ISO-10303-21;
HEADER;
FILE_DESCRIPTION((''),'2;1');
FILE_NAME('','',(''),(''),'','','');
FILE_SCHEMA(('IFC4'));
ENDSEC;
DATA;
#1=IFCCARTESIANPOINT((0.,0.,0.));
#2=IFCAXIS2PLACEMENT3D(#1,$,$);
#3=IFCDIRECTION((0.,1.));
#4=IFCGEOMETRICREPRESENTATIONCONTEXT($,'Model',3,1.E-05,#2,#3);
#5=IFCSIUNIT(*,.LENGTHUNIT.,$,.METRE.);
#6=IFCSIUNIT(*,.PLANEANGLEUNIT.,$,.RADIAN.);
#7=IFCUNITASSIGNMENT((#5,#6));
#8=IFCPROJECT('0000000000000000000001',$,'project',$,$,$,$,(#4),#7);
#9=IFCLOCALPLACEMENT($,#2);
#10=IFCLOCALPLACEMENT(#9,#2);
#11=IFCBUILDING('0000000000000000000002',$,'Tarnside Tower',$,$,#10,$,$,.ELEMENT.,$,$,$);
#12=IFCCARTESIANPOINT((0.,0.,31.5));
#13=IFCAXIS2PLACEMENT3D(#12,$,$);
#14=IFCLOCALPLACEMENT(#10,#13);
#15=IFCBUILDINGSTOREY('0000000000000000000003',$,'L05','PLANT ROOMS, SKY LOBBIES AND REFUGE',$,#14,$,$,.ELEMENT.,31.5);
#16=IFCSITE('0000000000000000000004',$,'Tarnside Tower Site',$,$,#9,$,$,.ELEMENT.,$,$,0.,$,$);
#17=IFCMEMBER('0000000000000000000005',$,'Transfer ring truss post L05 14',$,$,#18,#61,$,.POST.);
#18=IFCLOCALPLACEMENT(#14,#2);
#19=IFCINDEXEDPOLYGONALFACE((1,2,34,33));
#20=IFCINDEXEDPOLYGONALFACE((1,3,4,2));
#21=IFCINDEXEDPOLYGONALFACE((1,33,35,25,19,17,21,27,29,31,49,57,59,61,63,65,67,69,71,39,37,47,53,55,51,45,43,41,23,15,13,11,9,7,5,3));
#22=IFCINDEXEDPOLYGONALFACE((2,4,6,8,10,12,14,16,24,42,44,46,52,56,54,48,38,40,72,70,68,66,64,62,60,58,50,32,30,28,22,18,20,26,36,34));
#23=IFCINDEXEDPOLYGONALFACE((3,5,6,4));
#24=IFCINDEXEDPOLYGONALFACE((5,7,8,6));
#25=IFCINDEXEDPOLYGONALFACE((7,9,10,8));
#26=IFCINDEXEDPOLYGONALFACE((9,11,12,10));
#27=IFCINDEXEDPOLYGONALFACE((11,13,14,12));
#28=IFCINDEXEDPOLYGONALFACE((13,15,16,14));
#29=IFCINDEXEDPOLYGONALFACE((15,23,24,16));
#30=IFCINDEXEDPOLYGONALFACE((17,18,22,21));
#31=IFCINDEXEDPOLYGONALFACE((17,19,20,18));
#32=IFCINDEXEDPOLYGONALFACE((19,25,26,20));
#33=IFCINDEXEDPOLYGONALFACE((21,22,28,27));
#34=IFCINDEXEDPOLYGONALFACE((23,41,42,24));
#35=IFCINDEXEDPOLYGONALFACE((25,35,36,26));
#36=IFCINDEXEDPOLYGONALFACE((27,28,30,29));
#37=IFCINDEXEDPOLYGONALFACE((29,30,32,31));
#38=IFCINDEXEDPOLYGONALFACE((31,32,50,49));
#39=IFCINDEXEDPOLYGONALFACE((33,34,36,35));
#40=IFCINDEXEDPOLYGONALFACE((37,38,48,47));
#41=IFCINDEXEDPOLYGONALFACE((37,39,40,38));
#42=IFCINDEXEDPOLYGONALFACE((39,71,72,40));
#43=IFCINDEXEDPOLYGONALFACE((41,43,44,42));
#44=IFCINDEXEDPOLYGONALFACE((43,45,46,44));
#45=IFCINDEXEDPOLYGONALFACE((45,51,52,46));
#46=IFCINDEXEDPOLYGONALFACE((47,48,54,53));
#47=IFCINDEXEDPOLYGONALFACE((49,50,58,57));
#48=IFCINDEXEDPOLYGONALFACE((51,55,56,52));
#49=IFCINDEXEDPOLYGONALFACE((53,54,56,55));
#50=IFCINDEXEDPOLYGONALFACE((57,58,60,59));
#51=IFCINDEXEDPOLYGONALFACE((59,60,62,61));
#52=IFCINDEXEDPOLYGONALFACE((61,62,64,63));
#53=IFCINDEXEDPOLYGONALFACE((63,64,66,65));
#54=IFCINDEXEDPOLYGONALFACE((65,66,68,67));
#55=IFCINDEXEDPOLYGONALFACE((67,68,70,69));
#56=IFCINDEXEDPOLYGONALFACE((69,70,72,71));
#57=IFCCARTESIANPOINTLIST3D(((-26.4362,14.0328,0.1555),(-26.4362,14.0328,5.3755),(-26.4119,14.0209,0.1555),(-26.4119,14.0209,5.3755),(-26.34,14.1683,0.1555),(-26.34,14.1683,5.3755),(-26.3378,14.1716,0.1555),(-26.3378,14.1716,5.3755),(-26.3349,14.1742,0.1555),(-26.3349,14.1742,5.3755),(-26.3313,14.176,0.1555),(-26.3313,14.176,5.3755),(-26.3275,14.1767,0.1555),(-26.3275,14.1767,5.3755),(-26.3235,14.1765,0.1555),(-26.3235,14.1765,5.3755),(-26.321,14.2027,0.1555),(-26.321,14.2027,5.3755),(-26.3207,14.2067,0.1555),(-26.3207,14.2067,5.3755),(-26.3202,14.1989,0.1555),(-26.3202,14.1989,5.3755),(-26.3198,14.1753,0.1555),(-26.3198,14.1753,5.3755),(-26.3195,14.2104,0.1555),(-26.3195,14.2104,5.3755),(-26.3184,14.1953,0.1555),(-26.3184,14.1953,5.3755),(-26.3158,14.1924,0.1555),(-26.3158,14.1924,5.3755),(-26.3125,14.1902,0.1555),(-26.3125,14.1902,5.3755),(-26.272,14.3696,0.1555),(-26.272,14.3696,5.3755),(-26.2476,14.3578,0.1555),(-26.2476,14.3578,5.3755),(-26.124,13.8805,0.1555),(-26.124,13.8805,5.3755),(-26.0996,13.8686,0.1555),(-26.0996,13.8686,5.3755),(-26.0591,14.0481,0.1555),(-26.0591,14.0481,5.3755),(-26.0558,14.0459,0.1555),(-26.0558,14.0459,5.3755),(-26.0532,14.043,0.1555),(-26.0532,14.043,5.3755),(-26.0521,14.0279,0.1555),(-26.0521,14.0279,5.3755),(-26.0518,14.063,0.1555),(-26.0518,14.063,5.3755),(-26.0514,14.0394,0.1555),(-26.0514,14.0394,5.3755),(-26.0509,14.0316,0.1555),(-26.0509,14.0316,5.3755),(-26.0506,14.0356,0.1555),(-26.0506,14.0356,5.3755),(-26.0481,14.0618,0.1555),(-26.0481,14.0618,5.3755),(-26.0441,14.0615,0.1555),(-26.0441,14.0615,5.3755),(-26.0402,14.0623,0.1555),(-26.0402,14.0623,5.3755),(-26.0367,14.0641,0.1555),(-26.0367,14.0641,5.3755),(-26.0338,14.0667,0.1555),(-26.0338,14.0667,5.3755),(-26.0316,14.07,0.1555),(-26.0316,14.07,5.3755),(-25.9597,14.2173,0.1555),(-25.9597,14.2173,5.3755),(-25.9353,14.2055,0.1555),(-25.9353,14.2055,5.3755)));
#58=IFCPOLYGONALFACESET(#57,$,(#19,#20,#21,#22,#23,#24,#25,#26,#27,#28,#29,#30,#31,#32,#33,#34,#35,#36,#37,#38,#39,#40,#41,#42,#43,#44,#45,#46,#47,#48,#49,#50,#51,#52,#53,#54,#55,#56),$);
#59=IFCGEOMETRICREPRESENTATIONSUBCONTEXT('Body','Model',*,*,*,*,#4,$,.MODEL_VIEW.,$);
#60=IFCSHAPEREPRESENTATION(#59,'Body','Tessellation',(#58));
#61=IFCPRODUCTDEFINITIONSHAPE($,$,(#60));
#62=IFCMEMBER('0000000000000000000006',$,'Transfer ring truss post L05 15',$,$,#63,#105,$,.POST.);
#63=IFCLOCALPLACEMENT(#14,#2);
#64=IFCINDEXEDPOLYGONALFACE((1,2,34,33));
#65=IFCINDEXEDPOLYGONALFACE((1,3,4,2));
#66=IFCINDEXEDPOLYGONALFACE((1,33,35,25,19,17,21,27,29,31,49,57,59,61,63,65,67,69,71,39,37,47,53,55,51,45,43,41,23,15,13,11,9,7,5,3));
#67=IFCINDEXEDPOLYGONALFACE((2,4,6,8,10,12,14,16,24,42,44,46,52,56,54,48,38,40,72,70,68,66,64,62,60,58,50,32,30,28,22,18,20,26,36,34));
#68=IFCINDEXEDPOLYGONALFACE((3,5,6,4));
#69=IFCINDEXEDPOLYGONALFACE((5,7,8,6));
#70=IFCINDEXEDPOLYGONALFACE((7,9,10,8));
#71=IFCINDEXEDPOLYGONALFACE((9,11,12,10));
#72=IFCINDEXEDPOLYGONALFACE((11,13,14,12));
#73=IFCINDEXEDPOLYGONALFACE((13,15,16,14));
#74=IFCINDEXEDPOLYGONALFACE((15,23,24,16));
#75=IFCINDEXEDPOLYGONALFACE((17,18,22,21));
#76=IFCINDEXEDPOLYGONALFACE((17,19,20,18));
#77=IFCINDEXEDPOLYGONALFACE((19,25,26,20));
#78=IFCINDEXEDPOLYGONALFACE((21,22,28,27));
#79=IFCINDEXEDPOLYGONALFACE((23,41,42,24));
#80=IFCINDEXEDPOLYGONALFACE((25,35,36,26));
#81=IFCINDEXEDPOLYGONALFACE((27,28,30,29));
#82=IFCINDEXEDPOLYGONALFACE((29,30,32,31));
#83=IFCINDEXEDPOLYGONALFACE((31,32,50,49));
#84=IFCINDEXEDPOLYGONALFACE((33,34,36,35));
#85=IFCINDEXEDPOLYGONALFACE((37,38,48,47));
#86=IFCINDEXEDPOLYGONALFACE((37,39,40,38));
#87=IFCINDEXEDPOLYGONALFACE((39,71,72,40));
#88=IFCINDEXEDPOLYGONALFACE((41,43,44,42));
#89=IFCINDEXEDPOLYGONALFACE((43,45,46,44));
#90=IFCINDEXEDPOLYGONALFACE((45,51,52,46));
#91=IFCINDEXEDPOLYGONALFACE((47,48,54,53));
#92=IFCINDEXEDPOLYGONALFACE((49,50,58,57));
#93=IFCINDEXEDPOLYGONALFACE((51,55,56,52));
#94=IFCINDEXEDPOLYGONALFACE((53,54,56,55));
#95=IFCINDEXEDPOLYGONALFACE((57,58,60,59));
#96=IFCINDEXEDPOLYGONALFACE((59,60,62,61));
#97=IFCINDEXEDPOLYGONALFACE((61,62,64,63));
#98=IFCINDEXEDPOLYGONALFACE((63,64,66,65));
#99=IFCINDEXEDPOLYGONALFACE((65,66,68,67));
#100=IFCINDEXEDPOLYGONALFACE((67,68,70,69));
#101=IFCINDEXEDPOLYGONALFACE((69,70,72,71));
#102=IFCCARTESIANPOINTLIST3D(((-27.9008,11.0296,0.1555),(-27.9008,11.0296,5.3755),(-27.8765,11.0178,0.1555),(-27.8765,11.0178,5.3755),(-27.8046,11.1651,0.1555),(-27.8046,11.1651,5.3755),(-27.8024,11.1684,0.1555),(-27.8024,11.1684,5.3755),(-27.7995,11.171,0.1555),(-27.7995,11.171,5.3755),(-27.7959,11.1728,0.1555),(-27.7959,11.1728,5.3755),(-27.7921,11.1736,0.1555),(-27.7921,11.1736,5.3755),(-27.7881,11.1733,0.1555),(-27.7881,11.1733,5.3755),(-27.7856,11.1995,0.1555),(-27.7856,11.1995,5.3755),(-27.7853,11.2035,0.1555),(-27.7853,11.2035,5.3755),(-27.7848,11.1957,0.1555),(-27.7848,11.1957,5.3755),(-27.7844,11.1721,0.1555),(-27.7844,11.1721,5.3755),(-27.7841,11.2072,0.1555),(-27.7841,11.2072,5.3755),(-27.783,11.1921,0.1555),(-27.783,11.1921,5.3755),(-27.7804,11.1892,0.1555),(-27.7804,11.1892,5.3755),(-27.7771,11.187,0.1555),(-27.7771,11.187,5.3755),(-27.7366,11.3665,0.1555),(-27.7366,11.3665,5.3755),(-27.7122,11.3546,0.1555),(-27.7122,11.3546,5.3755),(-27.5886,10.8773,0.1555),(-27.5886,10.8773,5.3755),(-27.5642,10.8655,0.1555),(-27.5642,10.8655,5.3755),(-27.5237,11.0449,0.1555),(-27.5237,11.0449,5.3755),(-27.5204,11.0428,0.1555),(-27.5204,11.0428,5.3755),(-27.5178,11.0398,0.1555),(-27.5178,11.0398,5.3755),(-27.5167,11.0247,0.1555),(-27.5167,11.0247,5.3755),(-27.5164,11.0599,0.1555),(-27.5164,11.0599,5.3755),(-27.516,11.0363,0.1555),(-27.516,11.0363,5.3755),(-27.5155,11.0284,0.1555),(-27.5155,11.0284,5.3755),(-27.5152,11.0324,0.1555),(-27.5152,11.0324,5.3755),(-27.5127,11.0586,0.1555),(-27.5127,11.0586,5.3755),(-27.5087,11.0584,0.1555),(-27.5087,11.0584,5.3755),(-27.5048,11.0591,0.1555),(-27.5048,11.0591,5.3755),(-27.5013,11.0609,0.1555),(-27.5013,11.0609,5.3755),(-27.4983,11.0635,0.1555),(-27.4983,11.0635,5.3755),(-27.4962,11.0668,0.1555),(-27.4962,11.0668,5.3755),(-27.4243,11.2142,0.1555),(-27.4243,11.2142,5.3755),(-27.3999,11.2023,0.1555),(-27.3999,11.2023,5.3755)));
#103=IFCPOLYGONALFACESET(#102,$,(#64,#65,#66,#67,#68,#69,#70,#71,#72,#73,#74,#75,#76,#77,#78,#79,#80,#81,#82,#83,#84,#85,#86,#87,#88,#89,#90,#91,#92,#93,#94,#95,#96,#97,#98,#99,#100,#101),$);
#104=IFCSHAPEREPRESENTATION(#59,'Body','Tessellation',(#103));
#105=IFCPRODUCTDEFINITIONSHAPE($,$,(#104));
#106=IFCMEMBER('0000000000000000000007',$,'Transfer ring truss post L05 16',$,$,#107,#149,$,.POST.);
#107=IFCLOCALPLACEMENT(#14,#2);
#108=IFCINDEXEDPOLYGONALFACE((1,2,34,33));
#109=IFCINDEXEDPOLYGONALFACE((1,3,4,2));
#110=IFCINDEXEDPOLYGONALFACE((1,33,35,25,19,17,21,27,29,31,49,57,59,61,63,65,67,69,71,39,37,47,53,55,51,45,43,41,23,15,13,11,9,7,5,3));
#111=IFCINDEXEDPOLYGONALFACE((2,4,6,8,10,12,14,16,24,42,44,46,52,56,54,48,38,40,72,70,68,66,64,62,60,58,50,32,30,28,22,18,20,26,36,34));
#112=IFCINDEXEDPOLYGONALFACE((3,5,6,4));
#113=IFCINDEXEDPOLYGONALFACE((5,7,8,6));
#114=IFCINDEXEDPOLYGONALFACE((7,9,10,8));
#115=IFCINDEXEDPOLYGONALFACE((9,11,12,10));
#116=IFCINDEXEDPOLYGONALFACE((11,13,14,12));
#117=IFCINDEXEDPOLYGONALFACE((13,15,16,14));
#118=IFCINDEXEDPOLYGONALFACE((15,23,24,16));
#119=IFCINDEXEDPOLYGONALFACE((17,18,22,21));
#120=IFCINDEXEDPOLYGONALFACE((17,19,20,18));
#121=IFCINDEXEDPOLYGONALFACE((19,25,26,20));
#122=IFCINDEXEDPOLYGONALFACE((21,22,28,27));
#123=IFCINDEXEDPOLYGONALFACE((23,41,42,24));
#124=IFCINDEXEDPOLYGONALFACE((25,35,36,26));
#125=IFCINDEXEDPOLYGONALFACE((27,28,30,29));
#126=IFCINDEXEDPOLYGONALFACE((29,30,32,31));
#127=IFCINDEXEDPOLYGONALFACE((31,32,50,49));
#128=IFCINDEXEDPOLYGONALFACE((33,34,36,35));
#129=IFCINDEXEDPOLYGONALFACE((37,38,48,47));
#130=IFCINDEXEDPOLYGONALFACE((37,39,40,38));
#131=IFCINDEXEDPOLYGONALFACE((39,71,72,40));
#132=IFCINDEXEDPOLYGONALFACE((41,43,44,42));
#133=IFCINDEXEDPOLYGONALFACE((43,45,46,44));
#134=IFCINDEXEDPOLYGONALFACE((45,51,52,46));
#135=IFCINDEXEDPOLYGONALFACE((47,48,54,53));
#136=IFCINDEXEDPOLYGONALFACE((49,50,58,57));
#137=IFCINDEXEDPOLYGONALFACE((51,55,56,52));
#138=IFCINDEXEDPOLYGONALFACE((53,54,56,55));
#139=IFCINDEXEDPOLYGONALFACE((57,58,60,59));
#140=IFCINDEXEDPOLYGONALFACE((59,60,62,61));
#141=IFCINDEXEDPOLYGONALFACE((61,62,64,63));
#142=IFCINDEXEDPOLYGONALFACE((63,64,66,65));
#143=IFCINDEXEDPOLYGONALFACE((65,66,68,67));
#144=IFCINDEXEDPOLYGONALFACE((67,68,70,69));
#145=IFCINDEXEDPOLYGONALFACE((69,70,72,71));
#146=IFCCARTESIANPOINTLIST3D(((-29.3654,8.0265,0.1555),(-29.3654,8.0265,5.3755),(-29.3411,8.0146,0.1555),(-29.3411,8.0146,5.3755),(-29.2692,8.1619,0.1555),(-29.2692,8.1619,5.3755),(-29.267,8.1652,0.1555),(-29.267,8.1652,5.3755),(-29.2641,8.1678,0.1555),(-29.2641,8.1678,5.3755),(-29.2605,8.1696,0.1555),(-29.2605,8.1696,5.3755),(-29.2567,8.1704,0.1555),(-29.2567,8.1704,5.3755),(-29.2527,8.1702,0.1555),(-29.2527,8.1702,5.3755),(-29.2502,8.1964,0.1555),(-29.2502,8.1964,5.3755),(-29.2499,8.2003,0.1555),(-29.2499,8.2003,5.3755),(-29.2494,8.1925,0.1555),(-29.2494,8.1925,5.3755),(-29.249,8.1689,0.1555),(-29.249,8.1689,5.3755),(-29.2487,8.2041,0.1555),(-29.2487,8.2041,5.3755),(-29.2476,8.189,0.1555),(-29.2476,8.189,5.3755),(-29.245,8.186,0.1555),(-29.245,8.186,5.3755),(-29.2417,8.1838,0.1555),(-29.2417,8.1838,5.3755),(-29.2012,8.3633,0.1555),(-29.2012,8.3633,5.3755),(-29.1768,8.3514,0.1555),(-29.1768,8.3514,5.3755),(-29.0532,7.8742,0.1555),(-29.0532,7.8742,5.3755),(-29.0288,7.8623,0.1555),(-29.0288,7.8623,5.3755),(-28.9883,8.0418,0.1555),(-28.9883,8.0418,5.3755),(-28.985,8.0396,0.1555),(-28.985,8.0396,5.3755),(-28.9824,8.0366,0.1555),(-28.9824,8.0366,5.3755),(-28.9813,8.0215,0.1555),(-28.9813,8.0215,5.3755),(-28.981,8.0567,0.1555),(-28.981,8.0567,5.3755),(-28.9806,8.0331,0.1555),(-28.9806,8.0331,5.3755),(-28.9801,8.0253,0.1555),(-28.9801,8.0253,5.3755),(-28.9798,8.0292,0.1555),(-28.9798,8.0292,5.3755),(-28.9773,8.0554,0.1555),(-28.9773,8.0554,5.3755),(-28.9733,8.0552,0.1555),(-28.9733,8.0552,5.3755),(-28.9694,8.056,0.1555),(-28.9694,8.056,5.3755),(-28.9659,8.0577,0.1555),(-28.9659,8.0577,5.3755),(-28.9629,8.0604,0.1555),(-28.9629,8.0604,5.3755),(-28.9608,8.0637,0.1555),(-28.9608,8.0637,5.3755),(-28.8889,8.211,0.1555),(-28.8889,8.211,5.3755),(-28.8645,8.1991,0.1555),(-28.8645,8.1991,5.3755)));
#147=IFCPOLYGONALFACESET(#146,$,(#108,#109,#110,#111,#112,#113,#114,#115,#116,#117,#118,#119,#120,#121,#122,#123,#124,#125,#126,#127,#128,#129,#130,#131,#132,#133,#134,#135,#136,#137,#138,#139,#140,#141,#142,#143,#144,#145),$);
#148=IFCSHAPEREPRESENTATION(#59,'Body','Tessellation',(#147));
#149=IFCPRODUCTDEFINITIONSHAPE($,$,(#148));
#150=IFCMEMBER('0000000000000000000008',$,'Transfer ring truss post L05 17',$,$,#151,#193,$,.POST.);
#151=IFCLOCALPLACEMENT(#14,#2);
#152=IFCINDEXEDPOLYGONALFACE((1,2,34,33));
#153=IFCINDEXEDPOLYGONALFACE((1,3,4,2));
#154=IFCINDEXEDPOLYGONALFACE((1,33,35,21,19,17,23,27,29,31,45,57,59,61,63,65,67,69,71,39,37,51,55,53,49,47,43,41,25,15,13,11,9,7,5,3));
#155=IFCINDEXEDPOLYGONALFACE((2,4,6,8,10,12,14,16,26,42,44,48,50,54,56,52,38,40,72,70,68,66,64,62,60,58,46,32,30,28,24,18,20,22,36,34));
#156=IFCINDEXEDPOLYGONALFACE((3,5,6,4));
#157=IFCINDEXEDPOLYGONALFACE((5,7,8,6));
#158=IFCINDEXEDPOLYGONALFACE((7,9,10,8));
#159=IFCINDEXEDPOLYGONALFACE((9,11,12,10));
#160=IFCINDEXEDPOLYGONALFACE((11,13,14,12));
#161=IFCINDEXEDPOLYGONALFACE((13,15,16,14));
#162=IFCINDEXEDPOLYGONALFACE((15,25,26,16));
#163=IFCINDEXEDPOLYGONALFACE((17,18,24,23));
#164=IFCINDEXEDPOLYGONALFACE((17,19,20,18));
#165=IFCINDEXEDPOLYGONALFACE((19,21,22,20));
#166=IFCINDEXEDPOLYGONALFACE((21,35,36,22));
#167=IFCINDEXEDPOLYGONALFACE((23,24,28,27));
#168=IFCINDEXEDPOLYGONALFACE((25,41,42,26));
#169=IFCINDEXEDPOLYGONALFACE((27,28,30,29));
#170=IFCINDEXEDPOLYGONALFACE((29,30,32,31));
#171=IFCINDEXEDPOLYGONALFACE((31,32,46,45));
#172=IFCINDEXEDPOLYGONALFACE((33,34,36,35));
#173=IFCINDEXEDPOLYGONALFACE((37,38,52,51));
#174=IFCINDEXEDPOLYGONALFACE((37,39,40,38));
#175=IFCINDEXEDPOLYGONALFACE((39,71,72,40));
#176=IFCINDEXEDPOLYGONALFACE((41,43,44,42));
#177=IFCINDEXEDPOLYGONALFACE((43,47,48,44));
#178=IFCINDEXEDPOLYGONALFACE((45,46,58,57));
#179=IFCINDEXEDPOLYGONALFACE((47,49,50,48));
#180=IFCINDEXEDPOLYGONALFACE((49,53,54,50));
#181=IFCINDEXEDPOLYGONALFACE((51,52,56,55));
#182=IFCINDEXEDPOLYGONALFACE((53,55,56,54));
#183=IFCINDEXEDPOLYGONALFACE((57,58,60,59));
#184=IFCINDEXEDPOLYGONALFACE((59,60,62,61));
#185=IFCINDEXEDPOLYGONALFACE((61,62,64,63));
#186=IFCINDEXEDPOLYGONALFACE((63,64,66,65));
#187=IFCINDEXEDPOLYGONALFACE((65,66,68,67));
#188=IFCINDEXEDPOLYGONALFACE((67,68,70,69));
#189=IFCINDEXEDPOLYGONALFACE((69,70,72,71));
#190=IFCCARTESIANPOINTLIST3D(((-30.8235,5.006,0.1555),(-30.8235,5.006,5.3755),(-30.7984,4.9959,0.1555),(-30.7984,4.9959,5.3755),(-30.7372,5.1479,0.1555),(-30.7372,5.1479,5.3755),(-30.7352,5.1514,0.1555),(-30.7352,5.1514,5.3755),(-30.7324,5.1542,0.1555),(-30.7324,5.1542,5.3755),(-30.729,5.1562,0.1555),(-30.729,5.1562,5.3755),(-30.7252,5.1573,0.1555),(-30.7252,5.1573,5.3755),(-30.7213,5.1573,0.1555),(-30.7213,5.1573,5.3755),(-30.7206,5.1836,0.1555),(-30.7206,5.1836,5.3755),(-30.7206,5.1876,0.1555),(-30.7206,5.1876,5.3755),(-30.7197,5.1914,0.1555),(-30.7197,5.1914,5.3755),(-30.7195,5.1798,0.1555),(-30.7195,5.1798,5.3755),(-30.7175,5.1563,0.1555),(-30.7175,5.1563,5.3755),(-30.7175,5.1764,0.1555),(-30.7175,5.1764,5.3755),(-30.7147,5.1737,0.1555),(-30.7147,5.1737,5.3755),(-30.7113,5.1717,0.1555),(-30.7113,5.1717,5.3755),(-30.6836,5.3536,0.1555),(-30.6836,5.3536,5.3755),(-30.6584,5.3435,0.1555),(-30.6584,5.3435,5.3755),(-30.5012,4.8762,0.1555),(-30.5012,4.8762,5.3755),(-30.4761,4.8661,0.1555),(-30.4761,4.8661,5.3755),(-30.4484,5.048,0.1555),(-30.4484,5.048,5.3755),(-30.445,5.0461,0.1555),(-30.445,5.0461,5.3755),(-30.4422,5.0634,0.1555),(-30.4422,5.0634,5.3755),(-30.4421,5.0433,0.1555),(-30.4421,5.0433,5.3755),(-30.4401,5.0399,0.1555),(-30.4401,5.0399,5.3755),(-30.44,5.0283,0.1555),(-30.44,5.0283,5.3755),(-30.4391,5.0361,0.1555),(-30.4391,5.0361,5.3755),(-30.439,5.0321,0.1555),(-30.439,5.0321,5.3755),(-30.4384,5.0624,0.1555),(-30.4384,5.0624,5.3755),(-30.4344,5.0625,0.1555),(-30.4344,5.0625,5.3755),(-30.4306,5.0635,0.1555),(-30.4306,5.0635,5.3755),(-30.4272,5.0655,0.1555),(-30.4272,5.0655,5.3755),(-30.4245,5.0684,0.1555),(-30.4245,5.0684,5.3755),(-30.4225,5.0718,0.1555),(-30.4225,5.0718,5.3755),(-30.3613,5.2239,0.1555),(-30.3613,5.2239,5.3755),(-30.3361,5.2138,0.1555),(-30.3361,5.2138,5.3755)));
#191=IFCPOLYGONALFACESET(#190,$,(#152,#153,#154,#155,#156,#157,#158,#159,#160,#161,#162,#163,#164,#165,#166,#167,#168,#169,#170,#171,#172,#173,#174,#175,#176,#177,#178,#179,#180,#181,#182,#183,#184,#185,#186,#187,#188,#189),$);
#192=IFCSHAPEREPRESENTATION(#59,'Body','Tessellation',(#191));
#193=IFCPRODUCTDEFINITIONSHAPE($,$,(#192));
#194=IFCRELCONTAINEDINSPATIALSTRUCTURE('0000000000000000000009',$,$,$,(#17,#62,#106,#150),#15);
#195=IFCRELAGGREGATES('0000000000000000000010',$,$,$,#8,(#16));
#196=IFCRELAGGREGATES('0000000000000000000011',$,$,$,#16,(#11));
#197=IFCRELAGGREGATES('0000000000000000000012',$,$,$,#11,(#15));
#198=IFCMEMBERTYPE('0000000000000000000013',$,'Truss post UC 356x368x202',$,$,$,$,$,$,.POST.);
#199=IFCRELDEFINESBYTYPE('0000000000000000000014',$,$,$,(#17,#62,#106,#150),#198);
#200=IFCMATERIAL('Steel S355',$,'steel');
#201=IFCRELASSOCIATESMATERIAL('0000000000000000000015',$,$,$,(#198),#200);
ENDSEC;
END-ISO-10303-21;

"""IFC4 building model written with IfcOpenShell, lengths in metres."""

from ifc_helpers import new_model, si_unit, direction, frame, origin, origin_2d, place, context, subcontext, project, spatial, i_section, extrude, material, material_profile, profile_set, type_object, element, save


model = new_model("IFC4")

# Units and contexts
model_context = context("Model", 3, precision=1e-05, world=origin(), true_north=direction((0.0, 1.0)))
body_context = subcontext(model_context, "Body", "Model", "MODEL_VIEW")
ifc_project = project(units=[si_unit("LENGTHUNIT", "METRE"), si_unit("PLANEANGLEUNIT", "RADIAN")], contexts=[model_context])

# Site, building, storey
site_placement = place(None, origin())
site = spatial("IfcSite", under=ifc_project, at=site_placement, Name="Tarnside Tower Site", CompositionType="ELEMENT", RefElevation=0.0)
building_placement = place(site_placement, origin())
building = spatial("IfcBuilding", under=site, at=building_placement, Name="Tarnside Tower", CompositionType="ELEMENT")
storey_placement = place(building_placement, frame((0.0, 0.0, 31.5)))
storey = spatial("IfcBuildingStorey", under=building, at=storey_placement, Name="L05", Description="PLANT ROOMS, SKY LOBBIES AND REFUGE", CompositionType="ELEMENT", Elevation=31.5)

# Shared definitions
ifc_material_1 = material(Name="Steel S355", Category="steel")

# Members
ifc_material_profile_1 = material_profile(ifc_material_1, i_section(OverallWidth=0.3748, OverallDepth=0.3745, WebThickness=0.0166, FlangeThickness=0.0271, FilletRadius=0.0151, at=origin_2d()), Name="UC 356x368x202")
ifc_profile_set_1 = profile_set([ifc_material_profile_1], Name="Steel S355")
member_type_1 = type_object("IfcMemberType", Name="Truss post UC 356x368x202", PredefinedType="POST", material=ifc_profile_set_1)
for number, where, z_axis, x_axis, name in (
    (1, (-26.1858, 14.1191, 0.1555), (0.0, 0.0, 1.0), (-0.438371, -0.898794, 0.0), "Transfer ring truss post L05 14"),
    (2, (-27.6504, 11.116, 0.1555), (0.0, 0.0, 1.0), (-0.438371, -0.898794, 0.0), "Transfer ring truss post L05 15"),
    (3, (-29.115, 8.1128, 0.1555), (0.0, 0.0, 1.0), (-0.438371, -0.898794, 0.0), "Transfer ring truss post L05 16"),
    (4, (-30.5798, 5.1099, 0.1555), (0.0, 0.0, 1.0), (-0.373452, -0.92765, 0.0), "Transfer ring truss post L05 17"),
):
    element("IfcMember", number, at=place(storey_placement, frame(where, z_axis=z_axis, x_axis=x_axis)), inside=storey, type_object=member_type_1, Name=name, PredefinedType="POST", context=body_context, shape_type="SweptSolid", body=[
        extrude(i_section(OverallWidth=0.3748, OverallDepth=0.3745, WebThickness=0.0166, FlangeThickness=0.0271, FilletRadius=0.0151, at=origin_2d()), origin(), (0.0, 0.0, 1.0), 5.22),
    ])

save(model, "model.ifc")
